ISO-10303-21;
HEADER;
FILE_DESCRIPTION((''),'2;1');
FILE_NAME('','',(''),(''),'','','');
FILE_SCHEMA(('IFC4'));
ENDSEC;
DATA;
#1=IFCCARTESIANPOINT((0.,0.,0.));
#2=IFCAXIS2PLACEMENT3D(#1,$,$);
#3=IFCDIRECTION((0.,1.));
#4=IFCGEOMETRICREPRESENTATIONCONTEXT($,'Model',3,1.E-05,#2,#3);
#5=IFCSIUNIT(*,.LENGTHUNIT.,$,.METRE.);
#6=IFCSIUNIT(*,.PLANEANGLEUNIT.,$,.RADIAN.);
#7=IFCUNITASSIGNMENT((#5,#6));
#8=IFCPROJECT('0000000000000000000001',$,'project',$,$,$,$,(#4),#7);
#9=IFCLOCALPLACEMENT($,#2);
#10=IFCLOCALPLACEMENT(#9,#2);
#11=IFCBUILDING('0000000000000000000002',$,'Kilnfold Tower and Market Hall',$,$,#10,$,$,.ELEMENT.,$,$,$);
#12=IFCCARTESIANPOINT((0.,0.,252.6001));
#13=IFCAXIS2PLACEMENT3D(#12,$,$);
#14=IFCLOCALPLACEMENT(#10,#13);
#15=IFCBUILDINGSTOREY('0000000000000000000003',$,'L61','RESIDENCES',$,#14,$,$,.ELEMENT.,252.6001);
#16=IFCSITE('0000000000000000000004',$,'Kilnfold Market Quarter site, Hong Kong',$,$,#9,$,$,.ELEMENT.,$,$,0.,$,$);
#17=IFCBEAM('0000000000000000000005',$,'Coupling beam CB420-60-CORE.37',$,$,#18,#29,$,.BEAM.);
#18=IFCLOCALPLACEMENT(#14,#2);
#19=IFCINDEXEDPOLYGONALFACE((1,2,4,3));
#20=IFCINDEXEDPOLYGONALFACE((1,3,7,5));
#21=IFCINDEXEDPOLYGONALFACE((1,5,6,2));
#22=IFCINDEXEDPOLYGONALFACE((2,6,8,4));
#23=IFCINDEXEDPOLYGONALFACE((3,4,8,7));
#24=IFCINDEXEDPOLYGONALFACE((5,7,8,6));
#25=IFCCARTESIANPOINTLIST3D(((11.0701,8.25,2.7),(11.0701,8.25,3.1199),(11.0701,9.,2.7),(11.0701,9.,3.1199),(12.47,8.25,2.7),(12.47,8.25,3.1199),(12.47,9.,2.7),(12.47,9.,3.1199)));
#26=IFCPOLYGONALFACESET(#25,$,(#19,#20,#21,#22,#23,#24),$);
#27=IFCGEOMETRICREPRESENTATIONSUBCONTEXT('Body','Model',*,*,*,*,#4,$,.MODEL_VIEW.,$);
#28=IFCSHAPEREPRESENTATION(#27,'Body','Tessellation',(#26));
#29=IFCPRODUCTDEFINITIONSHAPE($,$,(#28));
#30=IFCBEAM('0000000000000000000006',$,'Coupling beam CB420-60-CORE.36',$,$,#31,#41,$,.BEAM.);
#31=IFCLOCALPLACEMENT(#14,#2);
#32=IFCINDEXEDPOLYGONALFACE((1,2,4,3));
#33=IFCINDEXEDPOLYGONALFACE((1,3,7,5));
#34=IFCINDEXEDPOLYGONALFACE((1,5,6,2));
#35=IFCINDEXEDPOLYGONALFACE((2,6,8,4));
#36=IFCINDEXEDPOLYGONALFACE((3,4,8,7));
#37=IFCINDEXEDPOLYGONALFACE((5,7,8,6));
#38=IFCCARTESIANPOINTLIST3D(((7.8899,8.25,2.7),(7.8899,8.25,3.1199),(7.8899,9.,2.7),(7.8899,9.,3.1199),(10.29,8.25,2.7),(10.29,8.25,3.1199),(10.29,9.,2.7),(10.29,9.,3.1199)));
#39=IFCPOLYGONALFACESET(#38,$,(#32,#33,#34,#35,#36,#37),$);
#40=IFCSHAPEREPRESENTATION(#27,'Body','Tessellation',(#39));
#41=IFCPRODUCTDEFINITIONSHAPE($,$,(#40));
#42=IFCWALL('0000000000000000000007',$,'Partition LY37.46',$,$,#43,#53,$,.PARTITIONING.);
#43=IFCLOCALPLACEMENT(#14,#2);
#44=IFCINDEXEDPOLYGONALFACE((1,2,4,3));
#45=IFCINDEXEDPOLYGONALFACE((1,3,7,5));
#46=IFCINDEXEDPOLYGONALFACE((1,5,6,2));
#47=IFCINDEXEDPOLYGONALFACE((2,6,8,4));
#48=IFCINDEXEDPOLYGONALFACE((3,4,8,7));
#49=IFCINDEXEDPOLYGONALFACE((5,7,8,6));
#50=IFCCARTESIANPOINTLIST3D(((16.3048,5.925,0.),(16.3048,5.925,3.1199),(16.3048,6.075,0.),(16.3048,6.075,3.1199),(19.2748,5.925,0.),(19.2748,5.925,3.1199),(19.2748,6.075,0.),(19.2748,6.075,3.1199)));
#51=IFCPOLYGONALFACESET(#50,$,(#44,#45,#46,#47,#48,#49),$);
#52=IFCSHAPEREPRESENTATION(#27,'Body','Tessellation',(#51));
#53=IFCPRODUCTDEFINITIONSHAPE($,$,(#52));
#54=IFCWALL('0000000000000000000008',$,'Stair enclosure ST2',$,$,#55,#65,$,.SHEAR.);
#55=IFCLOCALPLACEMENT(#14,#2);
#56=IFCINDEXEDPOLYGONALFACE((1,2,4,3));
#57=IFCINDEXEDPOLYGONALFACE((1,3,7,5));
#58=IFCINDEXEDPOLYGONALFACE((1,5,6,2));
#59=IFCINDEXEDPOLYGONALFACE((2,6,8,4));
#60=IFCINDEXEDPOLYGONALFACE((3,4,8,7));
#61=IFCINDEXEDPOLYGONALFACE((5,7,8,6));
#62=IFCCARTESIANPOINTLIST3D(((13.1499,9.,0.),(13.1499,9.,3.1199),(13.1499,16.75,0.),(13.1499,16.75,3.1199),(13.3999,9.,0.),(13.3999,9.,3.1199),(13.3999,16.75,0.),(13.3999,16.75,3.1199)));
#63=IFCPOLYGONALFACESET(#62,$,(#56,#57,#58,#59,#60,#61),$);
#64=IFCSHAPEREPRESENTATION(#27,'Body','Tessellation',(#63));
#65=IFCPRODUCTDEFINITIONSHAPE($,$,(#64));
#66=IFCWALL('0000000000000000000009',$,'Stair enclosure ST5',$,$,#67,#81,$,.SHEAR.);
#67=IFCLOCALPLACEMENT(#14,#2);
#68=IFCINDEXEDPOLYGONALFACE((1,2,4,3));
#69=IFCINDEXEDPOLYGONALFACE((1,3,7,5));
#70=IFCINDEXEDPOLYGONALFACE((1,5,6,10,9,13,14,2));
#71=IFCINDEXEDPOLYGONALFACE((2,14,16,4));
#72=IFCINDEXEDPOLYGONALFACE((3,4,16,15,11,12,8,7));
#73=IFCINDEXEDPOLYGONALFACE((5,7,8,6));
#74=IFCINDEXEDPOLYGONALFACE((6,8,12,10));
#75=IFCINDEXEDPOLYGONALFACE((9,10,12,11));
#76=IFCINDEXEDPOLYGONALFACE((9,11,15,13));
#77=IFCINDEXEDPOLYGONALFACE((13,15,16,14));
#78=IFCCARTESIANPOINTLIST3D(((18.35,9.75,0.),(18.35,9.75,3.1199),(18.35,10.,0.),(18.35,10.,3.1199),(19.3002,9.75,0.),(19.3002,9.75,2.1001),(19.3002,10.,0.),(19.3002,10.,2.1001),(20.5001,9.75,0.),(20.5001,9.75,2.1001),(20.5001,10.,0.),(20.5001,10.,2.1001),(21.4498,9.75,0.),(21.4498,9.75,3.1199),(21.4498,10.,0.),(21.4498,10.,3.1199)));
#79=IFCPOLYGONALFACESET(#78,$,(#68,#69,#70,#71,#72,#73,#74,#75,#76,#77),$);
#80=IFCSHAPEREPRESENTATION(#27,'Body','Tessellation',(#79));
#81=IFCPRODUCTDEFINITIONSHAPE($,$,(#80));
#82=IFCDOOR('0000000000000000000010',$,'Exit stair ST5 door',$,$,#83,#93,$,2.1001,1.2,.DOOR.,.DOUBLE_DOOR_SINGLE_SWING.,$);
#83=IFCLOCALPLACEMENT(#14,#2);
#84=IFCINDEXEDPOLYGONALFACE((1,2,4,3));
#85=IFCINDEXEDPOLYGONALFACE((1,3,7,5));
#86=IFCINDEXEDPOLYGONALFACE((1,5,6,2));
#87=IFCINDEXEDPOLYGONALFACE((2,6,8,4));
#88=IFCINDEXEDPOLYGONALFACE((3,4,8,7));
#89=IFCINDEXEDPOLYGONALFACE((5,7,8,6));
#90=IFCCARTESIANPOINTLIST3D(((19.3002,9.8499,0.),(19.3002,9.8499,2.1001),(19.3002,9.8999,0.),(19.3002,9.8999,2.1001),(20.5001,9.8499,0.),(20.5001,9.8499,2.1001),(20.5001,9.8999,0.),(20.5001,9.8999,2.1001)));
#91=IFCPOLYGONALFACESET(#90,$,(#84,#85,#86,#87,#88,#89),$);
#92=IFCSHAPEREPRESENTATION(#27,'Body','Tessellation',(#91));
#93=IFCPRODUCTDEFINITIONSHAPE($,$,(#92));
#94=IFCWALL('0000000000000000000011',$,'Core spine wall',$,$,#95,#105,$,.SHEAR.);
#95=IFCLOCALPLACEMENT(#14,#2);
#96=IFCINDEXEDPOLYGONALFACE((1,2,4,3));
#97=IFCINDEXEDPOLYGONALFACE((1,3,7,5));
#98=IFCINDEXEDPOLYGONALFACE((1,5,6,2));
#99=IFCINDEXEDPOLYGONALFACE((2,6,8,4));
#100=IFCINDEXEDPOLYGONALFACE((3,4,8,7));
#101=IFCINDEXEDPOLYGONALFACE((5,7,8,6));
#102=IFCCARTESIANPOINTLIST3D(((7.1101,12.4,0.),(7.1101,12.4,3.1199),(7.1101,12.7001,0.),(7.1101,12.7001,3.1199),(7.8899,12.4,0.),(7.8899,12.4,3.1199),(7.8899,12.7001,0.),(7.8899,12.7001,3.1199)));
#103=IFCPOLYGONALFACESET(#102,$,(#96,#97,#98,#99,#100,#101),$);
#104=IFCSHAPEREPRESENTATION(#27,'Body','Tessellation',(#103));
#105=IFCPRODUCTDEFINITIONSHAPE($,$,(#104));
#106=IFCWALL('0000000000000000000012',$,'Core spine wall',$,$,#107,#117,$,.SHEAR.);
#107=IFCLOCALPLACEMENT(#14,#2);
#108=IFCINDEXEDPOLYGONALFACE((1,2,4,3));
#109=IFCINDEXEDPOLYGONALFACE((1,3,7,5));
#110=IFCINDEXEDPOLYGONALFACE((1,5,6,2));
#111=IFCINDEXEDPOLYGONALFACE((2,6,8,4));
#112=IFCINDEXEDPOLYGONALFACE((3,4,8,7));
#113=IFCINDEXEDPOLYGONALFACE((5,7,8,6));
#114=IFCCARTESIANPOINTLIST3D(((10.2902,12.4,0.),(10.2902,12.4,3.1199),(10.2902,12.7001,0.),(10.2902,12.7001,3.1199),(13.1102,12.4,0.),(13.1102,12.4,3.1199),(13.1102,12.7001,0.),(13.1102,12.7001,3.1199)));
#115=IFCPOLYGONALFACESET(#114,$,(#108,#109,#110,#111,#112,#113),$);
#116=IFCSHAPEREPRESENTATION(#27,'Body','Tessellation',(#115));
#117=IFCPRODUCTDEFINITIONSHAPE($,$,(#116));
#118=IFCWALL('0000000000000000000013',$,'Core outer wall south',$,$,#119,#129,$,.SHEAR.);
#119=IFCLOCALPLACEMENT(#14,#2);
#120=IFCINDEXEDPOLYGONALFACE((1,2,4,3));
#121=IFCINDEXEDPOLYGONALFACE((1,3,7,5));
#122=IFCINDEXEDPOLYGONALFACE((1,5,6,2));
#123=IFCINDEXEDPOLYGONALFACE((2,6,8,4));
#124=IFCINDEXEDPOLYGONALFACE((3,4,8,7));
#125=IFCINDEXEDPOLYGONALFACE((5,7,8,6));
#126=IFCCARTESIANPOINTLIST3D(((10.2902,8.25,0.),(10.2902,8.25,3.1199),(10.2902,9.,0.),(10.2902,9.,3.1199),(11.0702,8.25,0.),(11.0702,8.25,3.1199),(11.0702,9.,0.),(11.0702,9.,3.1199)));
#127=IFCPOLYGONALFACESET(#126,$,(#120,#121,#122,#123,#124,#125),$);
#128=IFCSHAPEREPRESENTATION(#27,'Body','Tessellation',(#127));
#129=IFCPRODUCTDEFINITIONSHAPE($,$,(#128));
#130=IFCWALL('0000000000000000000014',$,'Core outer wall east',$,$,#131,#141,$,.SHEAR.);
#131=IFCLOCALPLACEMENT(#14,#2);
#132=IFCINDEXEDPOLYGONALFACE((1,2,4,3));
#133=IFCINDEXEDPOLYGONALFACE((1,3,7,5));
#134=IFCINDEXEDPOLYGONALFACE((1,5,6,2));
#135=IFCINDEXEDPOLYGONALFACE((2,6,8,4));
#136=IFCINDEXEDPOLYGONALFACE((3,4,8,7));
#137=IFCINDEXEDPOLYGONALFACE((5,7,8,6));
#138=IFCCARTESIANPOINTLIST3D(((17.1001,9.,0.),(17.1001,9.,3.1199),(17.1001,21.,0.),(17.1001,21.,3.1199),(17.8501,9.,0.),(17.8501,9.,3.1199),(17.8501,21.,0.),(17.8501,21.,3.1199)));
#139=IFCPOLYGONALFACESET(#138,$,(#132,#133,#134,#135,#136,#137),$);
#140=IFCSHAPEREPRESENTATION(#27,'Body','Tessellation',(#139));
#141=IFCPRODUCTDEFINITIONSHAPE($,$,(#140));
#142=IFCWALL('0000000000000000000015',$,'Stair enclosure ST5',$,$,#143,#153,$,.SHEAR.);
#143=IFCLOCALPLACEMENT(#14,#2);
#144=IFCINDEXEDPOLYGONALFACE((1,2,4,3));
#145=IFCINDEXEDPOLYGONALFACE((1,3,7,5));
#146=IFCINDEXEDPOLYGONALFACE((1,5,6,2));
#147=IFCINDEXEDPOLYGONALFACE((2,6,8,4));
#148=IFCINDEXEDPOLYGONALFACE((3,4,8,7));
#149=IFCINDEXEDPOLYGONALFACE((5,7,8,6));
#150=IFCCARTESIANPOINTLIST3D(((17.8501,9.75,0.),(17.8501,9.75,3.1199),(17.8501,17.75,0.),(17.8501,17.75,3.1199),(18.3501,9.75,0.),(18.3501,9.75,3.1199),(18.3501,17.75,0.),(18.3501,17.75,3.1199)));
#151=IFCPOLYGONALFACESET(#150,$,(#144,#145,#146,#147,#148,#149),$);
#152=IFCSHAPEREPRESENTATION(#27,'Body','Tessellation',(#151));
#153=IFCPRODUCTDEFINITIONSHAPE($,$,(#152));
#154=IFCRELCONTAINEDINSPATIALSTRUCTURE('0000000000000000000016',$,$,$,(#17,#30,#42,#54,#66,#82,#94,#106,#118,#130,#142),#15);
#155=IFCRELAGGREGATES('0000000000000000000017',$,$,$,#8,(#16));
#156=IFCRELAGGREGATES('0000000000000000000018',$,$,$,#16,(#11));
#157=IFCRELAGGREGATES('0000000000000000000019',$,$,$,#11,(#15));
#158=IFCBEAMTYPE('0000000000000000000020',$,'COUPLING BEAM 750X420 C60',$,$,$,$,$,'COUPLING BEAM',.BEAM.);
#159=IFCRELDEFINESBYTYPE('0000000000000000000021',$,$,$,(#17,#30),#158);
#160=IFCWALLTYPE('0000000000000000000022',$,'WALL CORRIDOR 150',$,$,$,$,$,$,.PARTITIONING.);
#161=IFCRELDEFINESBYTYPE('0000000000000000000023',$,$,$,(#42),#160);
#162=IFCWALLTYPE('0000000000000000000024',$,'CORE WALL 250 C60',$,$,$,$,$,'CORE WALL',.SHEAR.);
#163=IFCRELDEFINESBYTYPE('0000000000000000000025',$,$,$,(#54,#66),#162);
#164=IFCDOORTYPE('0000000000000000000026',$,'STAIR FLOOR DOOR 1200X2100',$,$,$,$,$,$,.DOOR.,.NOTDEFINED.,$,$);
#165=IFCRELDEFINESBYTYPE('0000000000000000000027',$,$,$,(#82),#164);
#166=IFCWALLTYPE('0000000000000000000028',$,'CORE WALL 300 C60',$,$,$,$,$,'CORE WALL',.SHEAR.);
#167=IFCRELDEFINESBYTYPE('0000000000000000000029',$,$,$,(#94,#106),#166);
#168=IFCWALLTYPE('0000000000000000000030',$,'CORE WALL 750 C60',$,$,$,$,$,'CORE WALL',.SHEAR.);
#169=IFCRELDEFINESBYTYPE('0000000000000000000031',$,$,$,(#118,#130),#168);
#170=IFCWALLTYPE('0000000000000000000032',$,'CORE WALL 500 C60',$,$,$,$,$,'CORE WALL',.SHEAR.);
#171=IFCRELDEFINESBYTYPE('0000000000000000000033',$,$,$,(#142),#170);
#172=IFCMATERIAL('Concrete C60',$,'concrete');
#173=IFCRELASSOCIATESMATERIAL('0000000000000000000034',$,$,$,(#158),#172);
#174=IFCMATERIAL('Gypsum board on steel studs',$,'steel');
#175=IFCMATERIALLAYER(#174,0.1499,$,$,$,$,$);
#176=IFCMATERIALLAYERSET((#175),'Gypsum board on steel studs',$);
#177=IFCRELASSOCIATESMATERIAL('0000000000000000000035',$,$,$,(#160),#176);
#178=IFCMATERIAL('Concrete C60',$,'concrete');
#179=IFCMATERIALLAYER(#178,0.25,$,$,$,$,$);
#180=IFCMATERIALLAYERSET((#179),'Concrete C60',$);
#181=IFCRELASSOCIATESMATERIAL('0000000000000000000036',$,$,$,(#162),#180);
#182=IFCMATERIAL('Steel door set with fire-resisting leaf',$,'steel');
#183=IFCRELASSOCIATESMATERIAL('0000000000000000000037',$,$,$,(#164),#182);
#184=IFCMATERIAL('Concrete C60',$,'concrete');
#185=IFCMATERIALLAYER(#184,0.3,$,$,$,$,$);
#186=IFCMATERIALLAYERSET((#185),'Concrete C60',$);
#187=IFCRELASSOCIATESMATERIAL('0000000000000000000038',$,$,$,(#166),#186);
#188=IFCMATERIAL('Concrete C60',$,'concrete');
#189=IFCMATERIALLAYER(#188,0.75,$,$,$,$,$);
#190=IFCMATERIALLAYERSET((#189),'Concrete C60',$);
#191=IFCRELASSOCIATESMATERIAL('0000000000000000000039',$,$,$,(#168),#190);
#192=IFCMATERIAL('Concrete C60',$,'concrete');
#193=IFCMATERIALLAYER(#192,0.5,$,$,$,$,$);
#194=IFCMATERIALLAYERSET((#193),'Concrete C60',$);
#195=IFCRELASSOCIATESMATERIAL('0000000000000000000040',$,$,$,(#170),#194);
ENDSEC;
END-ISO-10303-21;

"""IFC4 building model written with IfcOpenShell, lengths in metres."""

from ifc_helpers import new_model, si_unit, direction, frame, frame_2d, origin, origin_2d, place, context, subcontext, project, spatial, rectangle, extrude, source, transform, mapped, material, layer, layer_set, material_profile, profile_set, type_object, element, fill, save


model = new_model("IFC4")

# Units and contexts
model_context = context("Model", 3, precision=1e-05, world=origin(), true_north=direction((0.0, 1.0)))
body_context = subcontext(model_context, "Body", "Model", "MODEL_VIEW")
ifc_project = project(units=[si_unit("LENGTHUNIT", "METRE"), si_unit("PLANEANGLEUNIT", "RADIAN")], contexts=[model_context])

# Site, building, storey
site_placement = place(None, origin())
site = spatial("IfcSite", under=ifc_project, at=site_placement, Name="Kilnfold Market Quarter site, Hong Kong", CompositionType="ELEMENT", RefElevation=0.0)
building_placement = place(site_placement, origin())
building = spatial("IfcBuilding", under=site, at=building_placement, Name="Kilnfold Tower and Market Hall", CompositionType="ELEMENT")
storey_placement = place(building_placement, frame((0.0, 0.0, 252.6001)))
storey = spatial("IfcBuildingStorey", under=building, at=storey_placement, Name="L61", Description="RESIDENCES", CompositionType="ELEMENT", Elevation=252.6001)

# Beams
ifc_material_1 = material(Name="Concrete C60", Category="concrete")
ifc_material_profile = material_profile(ifc_material_1, rectangle(XDim=0.75, YDim=0.4199, at=origin_2d()), Name="RC 750x420")
ifc_profile_set = profile_set([ifc_material_profile], Name="Concrete C60")
beam_type = type_object("IfcBeamType", Name="COUPLING BEAM 750X420 C60", ElementType="COUPLING BEAM", PredefinedType="BEAM", material=ifc_profile_set)
shared_shape_1 = source(origin(), body_context, "Body", "SweptSolid", [
    extrude(rectangle(XDim=0.75, YDim=0.4199, at=origin_2d()), origin(), (0.0, 0.0, 1.0), 1.3999),
])
beam_1_placement = place(storey_placement, frame((11.0701, 8.625, 2.9099), z_axis=(1.0, 0.0, 0.0), x_axis=(0.0, 1.0, 0.0)))
element("IfcBeam", 1, at=beam_1_placement, inside=storey, type_object=beam_type, Name="Coupling beam CB420-60-CORE.37", PredefinedType="BEAM", context=body_context, shape_type="MappedRepresentation", body=[
    mapped(shared_shape_1, transform((0.0, 0.0, 0.0))),
])
shared_shape_2 = source(origin(), body_context, "Body", "SweptSolid", [
    extrude(rectangle(XDim=0.75, YDim=0.4199, at=origin_2d()), origin(), (0.0, 0.0, 1.0), 2.4001),
])
beam_2_placement = place(storey_placement, frame((7.8899, 8.625, 2.9099), z_axis=(1.0, 0.0, 0.0), x_axis=(0.0, 1.0, 0.0)))
element("IfcBeam", 2, at=beam_2_placement, inside=storey, type_object=beam_type, Name="Coupling beam CB420-60-CORE.36", PredefinedType="BEAM", context=body_context, shape_type="MappedRepresentation", body=[
    mapped(shared_shape_2, transform((0.0, 0.0, 0.0))),
])

# Walls
ifc_material_2 = material(Name="Gypsum board on steel studs", Category="steel")
ifc_layer_1 = layer(ifc_material_2, 0.1499)
ifc_layer_set_1 = layer_set([ifc_layer_1], Name="Gypsum board on steel studs")
wall_type_1 = type_object("IfcWallType", Name="WALL CORRIDOR 150", PredefinedType="PARTITIONING", material=ifc_layer_set_1)
wall_1_placement = place(storey_placement, frame((16.3049, 6.0, 0.0), z_axis=(0.0, 0.0, 1.0), x_axis=(1.0, 0.0, 0.0)))
element("IfcWall", 3, at=wall_1_placement, inside=storey, type_object=wall_type_1, Name="Partition LY37.46", PredefinedType="PARTITIONING", context=body_context, shape_type="SweptSolid", body=[
    extrude(rectangle(XDim=2.97, YDim=0.1499, at=frame_2d((1.4849, 0.0))), origin(), (0.0, 0.0, 1.0), 3.1199),
])
ifc_material_3 = material(Name="Concrete C60", Category="concrete")
ifc_layer_2 = layer(ifc_material_3, 0.25)
ifc_layer_set_2 = layer_set([ifc_layer_2], Name="Concrete C60")
wall_type_2 = type_object("IfcWallType", Name="CORE WALL 250 C60", ElementType="CORE WALL", PredefinedType="SHEAR", material=ifc_layer_set_2)
shared_shape_3 = source(origin(), body_context, "Body", "SweptSolid", [
    extrude(rectangle(XDim=7.75, YDim=0.25, at=frame_2d((3.875, 0.0))), origin(), (0.0, 0.0, 1.0), 3.1199),
])
wall_2_placement = place(storey_placement, frame((13.2749, 9.0, 0.0), z_axis=(0.0, 0.0, 1.0), x_axis=(0.0, 1.0, 0.0)))
element("IfcWall", 4, at=wall_2_placement, inside=storey, type_object=wall_type_2, Name="Stair enclosure ST2", PredefinedType="SHEAR", context=body_context, shape_type="MappedRepresentation", body=[
    mapped(shared_shape_3, transform((0.0, 0.0, 0.0))),
])

# Wall, opening, door
shared_shape_4 = source(origin(), body_context, "Body", "SweptSolid", [
    extrude(rectangle(XDim=3.0999, YDim=0.25, at=frame_2d((1.5498, 0.0))), origin(), (0.0, 0.0, 1.0), 3.1199),
])
wall_3_placement = place(storey_placement, frame((18.3501, 9.875, 0.0), z_axis=(0.0, 0.0, 1.0), x_axis=(1.0, 0.0, 0.0)))
wall_3 = element("IfcWall", 5, at=wall_3_placement, inside=storey, type_object=wall_type_2, Name="Stair enclosure ST5", PredefinedType="SHEAR", context=body_context, shape_type="MappedRepresentation", body=[
    mapped(shared_shape_4, transform((0.0, 0.0, 0.0))),
])
opening_1_placement = place(wall_3_placement, frame((0.95, 0.0, 0.0)))
opening_1 = element("IfcOpeningElement", 6, at=opening_1_placement, cuts=wall_3, PredefinedType="OPENING", context=body_context, shape_type="SweptSolid", body=[
    extrude(rectangle(XDim=1.2, YDim=2.1001, at=frame_2d((0.6001, 1.05))), frame((0.0, 0.135, 0.0), z_axis=(0.0, -1.0, 0.0), x_axis=(1.0, 0.0, 0.0)), (0.0, 0.0, 1.0), 0.27),
])
ifc_material_4 = material(Name="Steel door set with fire-resisting leaf", Category="steel")
door_type_1 = type_object("IfcDoorType", Name="STAIR FLOOR DOOR 1200X2100", OperationType="NOTDEFINED", PredefinedType="DOOR", material=ifc_material_4)
door_1_placement = place(opening_1_placement, origin())
door_1 = element("IfcDoor", 7, at=door_1_placement, inside=storey, type_object=door_type_1, Name="Exit stair ST5 door", OperationType="DOUBLE_DOOR_SINGLE_SWING", OverallHeight=2.1001, OverallWidth=1.2, PredefinedType="DOOR", context=body_context, shape_type="SweptSolid", body=[
    extrude(rectangle(XDim=1.2, YDim=2.1001, at=frame_2d((0.6001, 1.05))), frame((0.0, 0.0249, 0.0), z_axis=(0.0, -1.0, 0.0), x_axis=(1.0, 0.0, 0.0)), (0.0, 0.0, 1.0), 0.05),
])
fill(opening_1, door_1)

# Walls
ifc_material_5 = material(Name="Concrete C60", Category="concrete")
ifc_layer_3 = layer(ifc_material_5, 0.3)
ifc_layer_set_3 = layer_set([ifc_layer_3], Name="Concrete C60")
wall_type_3 = type_object("IfcWallType", Name="CORE WALL 300 C60", ElementType="CORE WALL", PredefinedType="SHEAR", material=ifc_layer_set_3)
shared_shape_5 = source(origin(), body_context, "Body", "SweptSolid", [
    extrude(rectangle(XDim=0.7798, YDim=0.3, at=frame_2d((0.3899, 0.0))), origin(), (0.0, 0.0, 1.0), 3.1199),
])
wall_4_placement = place(storey_placement, frame((7.1101, 12.55, 0.0), z_axis=(0.0, 0.0, 1.0), x_axis=(1.0, 0.0, 0.0)))
element("IfcWall", 8, at=wall_4_placement, inside=storey, type_object=wall_type_3, Name="Core spine wall", PredefinedType="SHEAR", context=body_context, shape_type="MappedRepresentation", body=[
    mapped(shared_shape_5, transform((0.0, 0.0, 0.0))),
])
shared_shape_6 = source(origin(), body_context, "Body", "SweptSolid", [
    extrude(rectangle(XDim=2.8201, YDim=0.3, at=frame_2d((1.4102, 0.0))), origin(), (0.0, 0.0, 1.0), 3.1199),
])
wall_5_placement = place(storey_placement, frame((10.29, 12.55, 0.0), z_axis=(0.0, 0.0, 1.0), x_axis=(1.0, 0.0, 0.0)))
element("IfcWall", 9, at=wall_5_placement, inside=storey, type_object=wall_type_3, Name="Core spine wall", PredefinedType="SHEAR", context=body_context, shape_type="MappedRepresentation", body=[
    mapped(shared_shape_6, transform((0.0, 0.0, 0.0))),
])
ifc_material_6 = material(Name="Concrete C60", Category="concrete")
ifc_layer_4 = layer(ifc_material_6, 0.75)
ifc_layer_set_4 = layer_set([ifc_layer_4], Name="Concrete C60")
wall_type_4 = type_object("IfcWallType", Name="CORE WALL 750 C60", ElementType="CORE WALL", PredefinedType="SHEAR", material=ifc_layer_set_4)
shared_shape_7 = source(origin(), body_context, "Body", "SweptSolid", [
    extrude(rectangle(XDim=0.78, YDim=0.75, at=frame_2d((0.3901, 0.0))), origin(), (0.0, 0.0, 1.0), 3.1199),
])
wall_6_placement = place(storey_placement, frame((10.29, 8.625, 0.0), z_axis=(0.0, 0.0, 1.0), x_axis=(1.0, 0.0, 0.0)))
element("IfcWall", 10, at=wall_6_placement, inside=storey, type_object=wall_type_4, Name="Core outer wall south", PredefinedType="SHEAR", context=body_context, shape_type="MappedRepresentation", body=[
    mapped(shared_shape_7, transform((0.0, 0.0, 0.0))),
])

# Walls
shared_shape_8 = source(origin(), body_context, "Body", "SweptSolid", [
    extrude(rectangle(XDim=12.0, YDim=0.75, at=frame_2d((6.0, 0.0))), origin(), (0.0, 0.0, 1.0), 3.1199),
])
wall_7_placement = place(storey_placement, frame((17.4751, 9.0, 0.0), z_axis=(0.0, 0.0, 1.0), x_axis=(0.0, 1.0, 0.0)))
element("IfcWall", 11, at=wall_7_placement, inside=storey, type_object=wall_type_4, Name="Core outer wall east", PredefinedType="SHEAR", context=body_context, shape_type="MappedRepresentation", body=[
    mapped(shared_shape_8, transform((0.0, 0.0, 0.0))),
])
ifc_material_7 = material(Name="Concrete C60", Category="concrete")
ifc_layer_5 = layer(ifc_material_7, 0.5)
ifc_layer_set_5 = layer_set([ifc_layer_5], Name="Concrete C60")
wall_type_5 = type_object("IfcWallType", Name="CORE WALL 500 C60", ElementType="CORE WALL", PredefinedType="SHEAR", material=ifc_layer_set_5)
shared_shape_9 = source(origin(), body_context, "Body", "SweptSolid", [
    extrude(rectangle(XDim=8.0, YDim=0.5, at=frame_2d((4.0, 0.0))), origin(), (0.0, 0.0, 1.0), 3.1199),
])
wall_8_placement = place(storey_placement, frame((18.1001, 9.75, 0.0), z_axis=(0.0, 0.0, 1.0), x_axis=(0.0, 1.0, 0.0)))
element("IfcWall", 12, at=wall_8_placement, inside=storey, type_object=wall_type_5, Name="Stair enclosure ST5", PredefinedType="SHEAR", context=body_context, shape_type="MappedRepresentation", body=[
    mapped(shared_shape_9, transform((0.0, 0.0, 0.0))),
])

save(model, "model.ifc")
